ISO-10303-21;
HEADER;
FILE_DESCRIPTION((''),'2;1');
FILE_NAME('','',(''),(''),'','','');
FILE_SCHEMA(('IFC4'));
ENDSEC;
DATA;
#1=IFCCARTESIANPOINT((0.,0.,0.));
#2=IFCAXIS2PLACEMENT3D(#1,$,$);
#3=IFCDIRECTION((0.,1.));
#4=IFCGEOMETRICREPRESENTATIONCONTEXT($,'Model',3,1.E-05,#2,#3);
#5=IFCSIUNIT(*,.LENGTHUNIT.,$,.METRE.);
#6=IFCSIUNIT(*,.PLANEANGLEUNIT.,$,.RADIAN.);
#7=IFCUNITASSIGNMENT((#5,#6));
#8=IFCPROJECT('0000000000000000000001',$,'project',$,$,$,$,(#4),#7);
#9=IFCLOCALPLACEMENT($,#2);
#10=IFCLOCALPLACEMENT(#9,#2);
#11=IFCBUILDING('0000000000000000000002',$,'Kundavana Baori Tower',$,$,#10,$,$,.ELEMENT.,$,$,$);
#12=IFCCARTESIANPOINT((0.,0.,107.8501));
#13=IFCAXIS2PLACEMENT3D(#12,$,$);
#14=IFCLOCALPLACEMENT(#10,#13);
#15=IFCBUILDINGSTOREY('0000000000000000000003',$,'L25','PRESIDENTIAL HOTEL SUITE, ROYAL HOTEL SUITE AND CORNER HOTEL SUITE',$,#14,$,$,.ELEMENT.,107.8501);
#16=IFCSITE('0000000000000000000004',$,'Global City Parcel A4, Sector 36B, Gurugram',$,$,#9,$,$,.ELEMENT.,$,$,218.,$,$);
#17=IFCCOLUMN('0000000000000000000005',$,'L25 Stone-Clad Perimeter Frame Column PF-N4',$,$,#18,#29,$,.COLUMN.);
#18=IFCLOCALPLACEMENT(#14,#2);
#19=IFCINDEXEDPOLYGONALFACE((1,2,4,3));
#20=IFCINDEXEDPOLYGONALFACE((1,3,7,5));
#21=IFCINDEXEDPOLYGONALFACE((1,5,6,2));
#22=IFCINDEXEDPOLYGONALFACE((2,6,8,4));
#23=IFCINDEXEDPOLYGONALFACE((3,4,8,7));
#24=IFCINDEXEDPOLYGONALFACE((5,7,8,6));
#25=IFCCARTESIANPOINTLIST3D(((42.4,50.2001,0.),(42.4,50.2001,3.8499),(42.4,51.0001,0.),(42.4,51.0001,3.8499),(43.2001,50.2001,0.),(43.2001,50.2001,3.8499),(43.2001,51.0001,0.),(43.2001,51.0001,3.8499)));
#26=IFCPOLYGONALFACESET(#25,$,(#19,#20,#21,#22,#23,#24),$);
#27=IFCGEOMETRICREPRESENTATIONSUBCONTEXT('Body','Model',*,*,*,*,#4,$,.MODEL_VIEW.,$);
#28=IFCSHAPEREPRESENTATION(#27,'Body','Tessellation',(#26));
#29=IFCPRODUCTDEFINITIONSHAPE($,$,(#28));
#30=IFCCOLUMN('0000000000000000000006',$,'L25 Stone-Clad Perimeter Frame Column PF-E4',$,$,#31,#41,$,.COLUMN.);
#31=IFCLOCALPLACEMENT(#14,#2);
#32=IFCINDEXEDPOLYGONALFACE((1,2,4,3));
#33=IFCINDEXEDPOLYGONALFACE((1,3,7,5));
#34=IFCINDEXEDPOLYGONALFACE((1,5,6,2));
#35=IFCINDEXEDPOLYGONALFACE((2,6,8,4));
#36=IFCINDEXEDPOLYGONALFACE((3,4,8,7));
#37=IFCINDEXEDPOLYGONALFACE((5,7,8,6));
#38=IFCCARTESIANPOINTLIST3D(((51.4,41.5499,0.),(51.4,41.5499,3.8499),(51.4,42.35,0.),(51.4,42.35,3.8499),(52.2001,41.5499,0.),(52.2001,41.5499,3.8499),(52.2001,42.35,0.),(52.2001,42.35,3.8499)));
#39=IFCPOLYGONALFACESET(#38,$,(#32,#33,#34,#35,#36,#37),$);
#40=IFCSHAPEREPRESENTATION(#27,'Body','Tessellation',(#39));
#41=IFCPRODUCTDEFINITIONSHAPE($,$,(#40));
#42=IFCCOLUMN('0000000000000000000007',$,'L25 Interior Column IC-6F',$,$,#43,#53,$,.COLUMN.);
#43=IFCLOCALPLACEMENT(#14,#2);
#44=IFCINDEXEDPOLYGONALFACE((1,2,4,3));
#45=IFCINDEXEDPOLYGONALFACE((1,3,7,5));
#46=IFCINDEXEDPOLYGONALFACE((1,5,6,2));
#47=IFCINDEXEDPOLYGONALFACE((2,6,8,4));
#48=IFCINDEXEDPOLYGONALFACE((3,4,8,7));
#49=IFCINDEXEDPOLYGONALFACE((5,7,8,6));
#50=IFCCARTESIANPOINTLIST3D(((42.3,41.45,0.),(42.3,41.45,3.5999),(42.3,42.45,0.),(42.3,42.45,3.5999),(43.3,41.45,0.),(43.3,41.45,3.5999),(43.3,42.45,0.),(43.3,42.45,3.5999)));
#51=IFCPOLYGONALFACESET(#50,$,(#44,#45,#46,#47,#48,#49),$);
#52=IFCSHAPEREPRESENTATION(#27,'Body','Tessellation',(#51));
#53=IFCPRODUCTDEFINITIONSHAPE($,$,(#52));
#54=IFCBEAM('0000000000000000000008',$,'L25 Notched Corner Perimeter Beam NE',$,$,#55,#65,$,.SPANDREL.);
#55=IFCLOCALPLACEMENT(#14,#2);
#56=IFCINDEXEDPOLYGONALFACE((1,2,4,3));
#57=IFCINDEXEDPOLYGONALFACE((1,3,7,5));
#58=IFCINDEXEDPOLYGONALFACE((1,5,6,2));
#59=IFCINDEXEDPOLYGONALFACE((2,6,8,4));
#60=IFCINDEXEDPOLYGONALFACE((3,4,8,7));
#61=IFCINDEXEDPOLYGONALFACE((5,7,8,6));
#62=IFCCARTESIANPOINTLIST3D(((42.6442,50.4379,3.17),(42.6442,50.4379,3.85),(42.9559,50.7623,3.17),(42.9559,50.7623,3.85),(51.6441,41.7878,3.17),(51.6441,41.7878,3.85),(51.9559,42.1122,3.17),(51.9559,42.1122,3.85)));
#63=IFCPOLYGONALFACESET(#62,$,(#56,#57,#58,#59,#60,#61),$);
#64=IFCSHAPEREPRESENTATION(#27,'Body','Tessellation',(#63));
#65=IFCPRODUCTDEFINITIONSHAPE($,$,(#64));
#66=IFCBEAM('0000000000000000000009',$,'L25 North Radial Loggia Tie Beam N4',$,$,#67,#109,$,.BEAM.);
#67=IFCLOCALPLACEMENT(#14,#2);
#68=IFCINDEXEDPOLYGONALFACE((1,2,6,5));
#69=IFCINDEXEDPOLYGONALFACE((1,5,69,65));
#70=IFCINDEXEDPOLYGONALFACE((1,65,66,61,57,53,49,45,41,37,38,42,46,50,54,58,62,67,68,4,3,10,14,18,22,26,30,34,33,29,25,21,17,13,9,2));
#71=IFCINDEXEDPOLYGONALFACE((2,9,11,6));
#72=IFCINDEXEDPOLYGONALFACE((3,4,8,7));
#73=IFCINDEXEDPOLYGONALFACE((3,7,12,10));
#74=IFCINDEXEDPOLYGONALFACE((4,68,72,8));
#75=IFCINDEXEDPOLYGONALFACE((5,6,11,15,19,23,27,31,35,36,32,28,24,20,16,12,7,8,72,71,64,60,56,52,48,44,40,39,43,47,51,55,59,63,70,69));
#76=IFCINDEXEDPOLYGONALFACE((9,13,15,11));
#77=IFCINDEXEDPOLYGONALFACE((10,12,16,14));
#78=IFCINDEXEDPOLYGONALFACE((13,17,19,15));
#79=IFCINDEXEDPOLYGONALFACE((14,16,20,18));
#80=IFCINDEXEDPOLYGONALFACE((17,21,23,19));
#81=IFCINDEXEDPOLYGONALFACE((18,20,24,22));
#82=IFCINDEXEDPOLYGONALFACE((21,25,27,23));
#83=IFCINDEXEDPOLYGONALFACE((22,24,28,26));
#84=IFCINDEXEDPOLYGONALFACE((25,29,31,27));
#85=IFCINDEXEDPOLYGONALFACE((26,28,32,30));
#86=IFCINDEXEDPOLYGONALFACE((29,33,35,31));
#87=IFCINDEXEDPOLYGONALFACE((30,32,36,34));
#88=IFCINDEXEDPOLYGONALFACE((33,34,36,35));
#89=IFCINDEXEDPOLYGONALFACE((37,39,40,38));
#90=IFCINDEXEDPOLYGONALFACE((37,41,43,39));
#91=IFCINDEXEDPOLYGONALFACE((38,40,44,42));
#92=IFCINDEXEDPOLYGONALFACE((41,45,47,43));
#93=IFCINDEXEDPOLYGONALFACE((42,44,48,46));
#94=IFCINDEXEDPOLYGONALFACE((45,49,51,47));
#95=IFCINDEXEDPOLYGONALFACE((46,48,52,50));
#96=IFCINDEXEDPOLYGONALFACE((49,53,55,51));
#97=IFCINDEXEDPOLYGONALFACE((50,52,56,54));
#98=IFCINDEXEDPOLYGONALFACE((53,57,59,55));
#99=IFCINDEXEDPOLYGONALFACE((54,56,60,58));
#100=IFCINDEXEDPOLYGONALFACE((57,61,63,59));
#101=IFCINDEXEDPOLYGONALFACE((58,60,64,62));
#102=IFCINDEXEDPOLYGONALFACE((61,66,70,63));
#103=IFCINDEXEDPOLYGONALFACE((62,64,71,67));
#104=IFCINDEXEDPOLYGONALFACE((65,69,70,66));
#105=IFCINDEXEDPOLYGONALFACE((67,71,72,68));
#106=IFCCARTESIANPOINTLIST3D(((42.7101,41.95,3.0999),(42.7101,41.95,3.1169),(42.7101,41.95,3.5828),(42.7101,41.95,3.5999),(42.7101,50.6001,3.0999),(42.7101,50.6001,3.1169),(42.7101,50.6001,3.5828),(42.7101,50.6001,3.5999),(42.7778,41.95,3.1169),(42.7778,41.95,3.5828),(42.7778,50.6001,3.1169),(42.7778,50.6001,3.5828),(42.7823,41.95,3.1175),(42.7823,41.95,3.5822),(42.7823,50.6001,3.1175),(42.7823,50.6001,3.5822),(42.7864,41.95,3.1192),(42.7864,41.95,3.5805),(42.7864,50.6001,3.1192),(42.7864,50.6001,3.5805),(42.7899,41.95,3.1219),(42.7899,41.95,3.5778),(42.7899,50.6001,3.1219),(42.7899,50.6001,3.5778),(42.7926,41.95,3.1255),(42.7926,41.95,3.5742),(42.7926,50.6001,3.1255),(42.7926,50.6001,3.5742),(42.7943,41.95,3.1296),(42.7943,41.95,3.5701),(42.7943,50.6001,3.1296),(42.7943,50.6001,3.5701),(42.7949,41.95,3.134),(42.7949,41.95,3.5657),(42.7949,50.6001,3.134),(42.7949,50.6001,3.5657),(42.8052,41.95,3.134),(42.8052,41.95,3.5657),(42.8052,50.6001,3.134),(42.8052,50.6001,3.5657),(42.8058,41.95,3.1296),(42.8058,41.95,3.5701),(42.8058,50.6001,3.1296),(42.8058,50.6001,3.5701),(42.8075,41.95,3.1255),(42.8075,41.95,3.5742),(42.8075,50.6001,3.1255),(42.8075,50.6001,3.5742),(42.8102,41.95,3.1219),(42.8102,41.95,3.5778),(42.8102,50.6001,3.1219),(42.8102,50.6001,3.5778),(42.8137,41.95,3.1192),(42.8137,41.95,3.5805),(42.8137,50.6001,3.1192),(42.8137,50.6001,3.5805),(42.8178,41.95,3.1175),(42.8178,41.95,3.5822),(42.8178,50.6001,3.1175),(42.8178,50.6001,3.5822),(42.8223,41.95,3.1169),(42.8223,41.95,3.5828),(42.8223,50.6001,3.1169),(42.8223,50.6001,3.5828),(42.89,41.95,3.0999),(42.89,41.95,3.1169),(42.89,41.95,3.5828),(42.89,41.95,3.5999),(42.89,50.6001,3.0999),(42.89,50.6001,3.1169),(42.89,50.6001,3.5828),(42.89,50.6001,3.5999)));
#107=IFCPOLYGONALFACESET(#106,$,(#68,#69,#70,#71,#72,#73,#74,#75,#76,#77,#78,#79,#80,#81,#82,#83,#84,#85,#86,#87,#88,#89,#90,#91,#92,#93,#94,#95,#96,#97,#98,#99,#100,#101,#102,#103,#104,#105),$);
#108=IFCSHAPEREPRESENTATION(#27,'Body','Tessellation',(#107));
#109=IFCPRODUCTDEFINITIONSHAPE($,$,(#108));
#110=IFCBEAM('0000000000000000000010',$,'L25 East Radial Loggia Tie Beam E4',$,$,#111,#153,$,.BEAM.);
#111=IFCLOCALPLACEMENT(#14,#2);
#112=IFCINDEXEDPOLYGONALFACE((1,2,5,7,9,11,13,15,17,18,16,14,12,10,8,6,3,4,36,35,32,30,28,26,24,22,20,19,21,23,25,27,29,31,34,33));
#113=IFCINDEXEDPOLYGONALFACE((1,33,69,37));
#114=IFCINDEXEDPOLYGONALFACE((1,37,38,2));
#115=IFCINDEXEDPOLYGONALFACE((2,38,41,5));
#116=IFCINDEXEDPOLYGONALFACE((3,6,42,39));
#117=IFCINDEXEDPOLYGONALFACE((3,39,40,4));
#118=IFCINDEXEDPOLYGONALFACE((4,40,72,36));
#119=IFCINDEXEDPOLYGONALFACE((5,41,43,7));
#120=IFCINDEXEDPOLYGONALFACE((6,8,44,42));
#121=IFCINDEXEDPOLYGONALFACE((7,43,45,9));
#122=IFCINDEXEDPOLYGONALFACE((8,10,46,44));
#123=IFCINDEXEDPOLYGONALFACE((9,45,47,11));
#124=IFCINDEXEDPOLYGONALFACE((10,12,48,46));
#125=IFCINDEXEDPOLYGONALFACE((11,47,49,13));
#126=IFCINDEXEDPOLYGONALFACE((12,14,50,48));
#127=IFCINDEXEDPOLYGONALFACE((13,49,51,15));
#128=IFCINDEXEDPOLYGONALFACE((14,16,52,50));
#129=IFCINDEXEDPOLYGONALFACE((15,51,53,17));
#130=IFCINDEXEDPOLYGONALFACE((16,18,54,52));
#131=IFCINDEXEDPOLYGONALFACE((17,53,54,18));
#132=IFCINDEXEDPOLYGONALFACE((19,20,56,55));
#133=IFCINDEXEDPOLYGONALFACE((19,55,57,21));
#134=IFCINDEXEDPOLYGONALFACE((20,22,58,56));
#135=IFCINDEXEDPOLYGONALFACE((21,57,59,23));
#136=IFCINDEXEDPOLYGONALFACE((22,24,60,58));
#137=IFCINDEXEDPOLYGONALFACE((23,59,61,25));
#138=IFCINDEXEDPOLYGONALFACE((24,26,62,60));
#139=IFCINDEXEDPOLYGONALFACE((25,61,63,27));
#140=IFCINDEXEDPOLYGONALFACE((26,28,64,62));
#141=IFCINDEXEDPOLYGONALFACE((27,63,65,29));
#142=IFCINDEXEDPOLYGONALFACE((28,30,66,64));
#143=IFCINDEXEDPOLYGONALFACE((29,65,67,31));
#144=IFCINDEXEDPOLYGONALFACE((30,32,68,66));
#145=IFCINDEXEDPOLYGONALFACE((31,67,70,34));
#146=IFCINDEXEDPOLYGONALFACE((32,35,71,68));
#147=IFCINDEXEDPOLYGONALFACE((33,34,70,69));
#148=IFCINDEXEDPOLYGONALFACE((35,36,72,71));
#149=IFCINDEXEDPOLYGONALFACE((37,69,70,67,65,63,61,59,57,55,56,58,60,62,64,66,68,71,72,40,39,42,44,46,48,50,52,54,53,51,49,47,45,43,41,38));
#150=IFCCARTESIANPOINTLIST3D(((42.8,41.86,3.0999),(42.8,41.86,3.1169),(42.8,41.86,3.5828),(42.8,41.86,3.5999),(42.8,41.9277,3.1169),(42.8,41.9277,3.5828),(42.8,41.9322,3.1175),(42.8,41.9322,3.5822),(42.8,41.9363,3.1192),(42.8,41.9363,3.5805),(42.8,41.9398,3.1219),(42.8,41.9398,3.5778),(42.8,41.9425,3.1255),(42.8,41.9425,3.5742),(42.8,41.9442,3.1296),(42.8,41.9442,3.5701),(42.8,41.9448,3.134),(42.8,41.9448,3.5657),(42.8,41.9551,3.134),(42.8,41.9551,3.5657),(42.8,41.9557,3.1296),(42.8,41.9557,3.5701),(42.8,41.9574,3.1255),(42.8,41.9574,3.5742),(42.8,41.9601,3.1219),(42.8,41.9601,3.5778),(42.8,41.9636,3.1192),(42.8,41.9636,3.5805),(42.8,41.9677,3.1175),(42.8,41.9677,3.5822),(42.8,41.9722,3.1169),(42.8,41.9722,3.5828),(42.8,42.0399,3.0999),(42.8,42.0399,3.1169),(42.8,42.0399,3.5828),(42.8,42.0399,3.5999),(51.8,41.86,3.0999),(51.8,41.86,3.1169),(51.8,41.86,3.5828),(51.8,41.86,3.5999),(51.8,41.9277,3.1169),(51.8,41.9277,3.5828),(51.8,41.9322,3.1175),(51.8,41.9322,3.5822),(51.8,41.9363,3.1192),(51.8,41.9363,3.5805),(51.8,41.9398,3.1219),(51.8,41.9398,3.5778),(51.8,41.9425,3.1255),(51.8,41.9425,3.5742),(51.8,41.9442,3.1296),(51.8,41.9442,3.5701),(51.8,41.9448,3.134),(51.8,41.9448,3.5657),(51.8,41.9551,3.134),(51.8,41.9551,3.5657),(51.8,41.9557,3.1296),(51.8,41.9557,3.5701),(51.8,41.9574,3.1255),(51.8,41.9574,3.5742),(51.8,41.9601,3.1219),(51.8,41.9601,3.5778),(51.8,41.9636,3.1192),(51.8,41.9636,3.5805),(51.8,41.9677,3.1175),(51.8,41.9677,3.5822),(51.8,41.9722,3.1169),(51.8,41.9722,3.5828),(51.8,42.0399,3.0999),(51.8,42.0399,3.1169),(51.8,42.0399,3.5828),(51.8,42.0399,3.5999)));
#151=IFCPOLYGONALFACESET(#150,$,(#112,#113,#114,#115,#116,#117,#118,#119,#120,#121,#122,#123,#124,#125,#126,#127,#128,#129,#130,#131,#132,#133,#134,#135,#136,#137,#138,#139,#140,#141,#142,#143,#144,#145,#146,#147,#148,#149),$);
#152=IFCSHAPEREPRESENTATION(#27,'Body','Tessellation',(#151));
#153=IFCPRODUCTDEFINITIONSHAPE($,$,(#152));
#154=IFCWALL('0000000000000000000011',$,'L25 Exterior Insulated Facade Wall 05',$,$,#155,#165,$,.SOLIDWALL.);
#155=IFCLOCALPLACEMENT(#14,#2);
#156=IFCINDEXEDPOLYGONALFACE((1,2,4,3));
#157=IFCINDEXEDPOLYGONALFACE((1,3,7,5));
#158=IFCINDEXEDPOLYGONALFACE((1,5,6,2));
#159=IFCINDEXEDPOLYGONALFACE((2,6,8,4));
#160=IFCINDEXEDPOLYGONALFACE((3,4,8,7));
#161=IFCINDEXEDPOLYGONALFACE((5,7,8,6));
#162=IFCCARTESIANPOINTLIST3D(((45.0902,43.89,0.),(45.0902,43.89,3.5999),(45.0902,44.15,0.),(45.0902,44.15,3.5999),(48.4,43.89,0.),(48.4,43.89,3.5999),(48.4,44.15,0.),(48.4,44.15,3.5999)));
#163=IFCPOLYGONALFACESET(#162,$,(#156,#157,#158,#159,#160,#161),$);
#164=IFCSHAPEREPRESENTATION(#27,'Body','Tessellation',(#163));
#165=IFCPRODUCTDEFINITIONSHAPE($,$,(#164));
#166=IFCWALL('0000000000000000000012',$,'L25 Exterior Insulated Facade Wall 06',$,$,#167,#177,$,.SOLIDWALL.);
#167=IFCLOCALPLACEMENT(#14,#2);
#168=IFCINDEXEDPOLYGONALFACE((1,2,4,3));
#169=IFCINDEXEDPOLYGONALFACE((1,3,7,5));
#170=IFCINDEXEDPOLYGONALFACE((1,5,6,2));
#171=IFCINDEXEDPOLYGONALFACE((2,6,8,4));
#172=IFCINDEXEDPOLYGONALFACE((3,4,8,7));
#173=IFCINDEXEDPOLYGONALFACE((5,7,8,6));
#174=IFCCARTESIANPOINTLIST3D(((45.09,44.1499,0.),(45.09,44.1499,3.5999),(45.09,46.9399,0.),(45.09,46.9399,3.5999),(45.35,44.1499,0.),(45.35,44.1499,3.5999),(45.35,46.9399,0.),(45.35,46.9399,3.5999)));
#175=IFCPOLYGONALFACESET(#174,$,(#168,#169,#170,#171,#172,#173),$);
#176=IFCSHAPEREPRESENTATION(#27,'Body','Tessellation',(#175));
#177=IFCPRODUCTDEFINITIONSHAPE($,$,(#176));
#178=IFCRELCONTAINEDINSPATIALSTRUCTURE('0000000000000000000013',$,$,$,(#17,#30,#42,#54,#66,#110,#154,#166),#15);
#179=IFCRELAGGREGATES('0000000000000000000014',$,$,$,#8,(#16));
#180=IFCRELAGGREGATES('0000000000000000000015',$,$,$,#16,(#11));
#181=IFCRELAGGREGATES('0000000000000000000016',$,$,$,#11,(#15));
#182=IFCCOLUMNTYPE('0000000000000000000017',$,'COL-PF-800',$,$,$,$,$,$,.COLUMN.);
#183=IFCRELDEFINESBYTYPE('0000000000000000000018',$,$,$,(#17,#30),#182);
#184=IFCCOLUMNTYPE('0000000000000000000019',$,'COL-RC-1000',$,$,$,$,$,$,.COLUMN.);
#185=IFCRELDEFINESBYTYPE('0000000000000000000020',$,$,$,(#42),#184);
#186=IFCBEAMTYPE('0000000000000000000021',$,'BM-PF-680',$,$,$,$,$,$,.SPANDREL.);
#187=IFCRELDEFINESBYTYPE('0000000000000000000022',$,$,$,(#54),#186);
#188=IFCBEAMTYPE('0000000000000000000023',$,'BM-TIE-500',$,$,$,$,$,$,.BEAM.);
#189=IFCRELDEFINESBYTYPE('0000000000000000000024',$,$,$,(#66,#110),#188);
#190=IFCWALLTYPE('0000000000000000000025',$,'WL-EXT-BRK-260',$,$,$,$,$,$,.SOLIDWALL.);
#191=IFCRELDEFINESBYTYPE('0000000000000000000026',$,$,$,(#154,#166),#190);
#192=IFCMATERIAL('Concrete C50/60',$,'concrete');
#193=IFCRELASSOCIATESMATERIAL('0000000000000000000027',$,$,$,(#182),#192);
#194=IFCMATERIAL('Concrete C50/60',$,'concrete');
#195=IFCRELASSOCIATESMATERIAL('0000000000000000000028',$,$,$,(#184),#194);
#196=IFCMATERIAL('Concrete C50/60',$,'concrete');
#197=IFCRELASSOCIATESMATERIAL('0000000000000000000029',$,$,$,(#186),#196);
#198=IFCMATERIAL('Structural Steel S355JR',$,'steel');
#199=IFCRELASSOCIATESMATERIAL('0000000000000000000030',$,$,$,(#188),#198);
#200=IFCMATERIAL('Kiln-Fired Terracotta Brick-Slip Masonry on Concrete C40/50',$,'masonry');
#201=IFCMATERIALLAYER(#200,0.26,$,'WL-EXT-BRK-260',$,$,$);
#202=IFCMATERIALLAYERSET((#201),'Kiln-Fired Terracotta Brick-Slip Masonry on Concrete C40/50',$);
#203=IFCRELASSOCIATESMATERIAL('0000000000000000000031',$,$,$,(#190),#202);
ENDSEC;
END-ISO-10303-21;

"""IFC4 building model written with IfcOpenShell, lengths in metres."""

from ifc_helpers import new_model, si_unit, direction, frame, frame_2d, origin, origin_2d, place, context, subcontext, project, spatial, rectangle, i_section, extrude, material, layer, layer_set, material_profile, profile_set, type_object, element, save


model = new_model("IFC4")

# Units and contexts
model_context = context("Model", 3, precision=1e-05, world=origin(), true_north=direction((0.0, 1.0)))
body_context = subcontext(model_context, "Body", "Model", "MODEL_VIEW")
ifc_project = project(units=[si_unit("LENGTHUNIT", "METRE"), si_unit("PLANEANGLEUNIT", "RADIAN")], contexts=[model_context])

# Site, building, storey
site_placement = place(None, origin())
site = spatial("IfcSite", under=ifc_project, at=site_placement, Name="Global City Parcel A4, Sector 36B, Gurugram", CompositionType="ELEMENT", RefElevation=218.0)
building_placement = place(site_placement, origin())
building = spatial("IfcBuilding", under=site, at=building_placement, Name="Kundavana Baori Tower", CompositionType="ELEMENT")
storey_placement = place(building_placement, frame((0.0, 0.0, 107.8501)))
storey = spatial("IfcBuildingStorey", under=building, at=storey_placement, Name="L25", Description="PRESIDENTIAL HOTEL SUITE, ROYAL HOTEL SUITE AND CORNER HOTEL SUITE", CompositionType="ELEMENT", Elevation=107.8501)

# Columns
ifc_material_1 = material(Name="Concrete C50/60", Category="concrete")
ifc_material_profile_1 = material_profile(ifc_material_1, rectangle(XDim=0.8, YDim=0.8, at=origin_2d()), Name="RC PF 800x800")
ifc_profile_set_1 = profile_set([ifc_material_profile_1], Name="Concrete C50/60")
column_type_1 = type_object("IfcColumnType", Name="COL-PF-800", PredefinedType="COLUMN", material=ifc_profile_set_1)
for number, where, z_axis, x_axis, name in (
    (1, (42.8, 50.6001, 0.0), (0.0, 0.0, 1.0), (1.0, 0.0, 0.0), "L25 Stone-Clad Perimeter Frame Column PF-N4"),
    (2, (51.8, 41.95, 0.0), (0.0, 0.0, 1.0), (1.0, 0.0, 0.0), "L25 Stone-Clad Perimeter Frame Column PF-E4"),
):
    element("IfcColumn", number, at=place(storey_placement, frame(where, z_axis=z_axis, x_axis=x_axis)), inside=storey, type_object=column_type_1, Name=name, PredefinedType="COLUMN", context=body_context, shape_type="SweptSolid", body=[
        extrude(rectangle(XDim=0.8, YDim=0.8, at=origin_2d()), origin(), (0.0, 0.0, 1.0), 3.8499),
    ])
ifc_material_2 = material(Name="Concrete C50/60", Category="concrete")
ifc_material_profile_2 = material_profile(ifc_material_2, rectangle(XDim=1.0, YDim=1.0, at=origin_2d()), Name="RC 1000x1000")
ifc_profile_set_2 = profile_set([ifc_material_profile_2], Name="Concrete C50/60")
column_type_2 = type_object("IfcColumnType", Name="COL-RC-1000", PredefinedType="COLUMN", material=ifc_profile_set_2)
column_placement = place(storey_placement, frame((42.8, 41.95, 0.0), z_axis=(0.0, 0.0, 1.0), x_axis=(1.0, 0.0, 0.0)))
element("IfcColumn", 3, at=column_placement, inside=storey, type_object=column_type_2, Name="L25 Interior Column IC-6F", PredefinedType="COLUMN", context=body_context, shape_type="SweptSolid", body=[
    extrude(rectangle(XDim=1.0, YDim=1.0, at=origin_2d()), origin(), (0.0, 0.0, 1.0), 3.5999),
])

# Beams
ifc_material_3 = material(Name="Concrete C50/60", Category="concrete")
ifc_material_profile_3 = material_profile(ifc_material_3, rectangle(XDim=0.45, YDim=0.6799, at=origin_2d()), Name="RC BM 450x680")
ifc_profile_set_3 = profile_set([ifc_material_profile_3], Name="Concrete C50/60")
beam_type_1 = type_object("IfcBeamType", Name="BM-PF-680", PredefinedType="SPANDREL", material=ifc_profile_set_3)
beam_1_placement = place(storey_placement, frame((42.8, 50.6001, 3.51), z_axis=(0.720981, -0.692955, 0.0), x_axis=(0.692955, 0.720981, 0.0)))
element("IfcBeam", 4, at=beam_1_placement, inside=storey, type_object=beam_type_1, Name="L25 Notched Corner Perimeter Beam NE", PredefinedType="SPANDREL", context=body_context, shape_type="SweptSolid", body=[
    extrude(rectangle(XDim=0.45, YDim=0.6799, at=origin_2d()), origin(), (0.0, 0.0, 1.0), 12.4829),
])
ifc_material_4 = material(Name="Structural Steel S355JR", Category="steel")
ifc_material_profile_4 = material_profile(ifc_material_4, i_section(OverallWidth=0.1799, OverallDepth=0.5, WebThickness=0.0103, FlangeThickness=0.0171, FilletRadius=0.0171, at=origin_2d()), Name="ISMB 500")
ifc_profile_set_4 = profile_set([ifc_material_profile_4], Name="Structural Steel S355JR")
beam_type_2 = type_object("IfcBeamType", Name="BM-TIE-500", PredefinedType="BEAM", material=ifc_profile_set_4)
beam_2_placement = place(storey_placement, frame((42.8, 41.95, 3.3499), z_axis=(0.0, 1.0, 0.0), x_axis=(-1.0, 0.0, 0.0)))
element("IfcBeam", 5, at=beam_2_placement, inside=storey, type_object=beam_type_2, Name="L25 North Radial Loggia Tie Beam N4", PredefinedType="BEAM", context=body_context, shape_type="SweptSolid", body=[
    extrude(i_section(OverallWidth=0.1799, OverallDepth=0.5, WebThickness=0.0103, FlangeThickness=0.0171, FilletRadius=0.0171, at=origin_2d()), origin(), (0.0, 0.0, 1.0), 8.6501),
])
beam_3_placement = place(storey_placement, frame((42.8, 41.95, 3.3499), z_axis=(1.0, 0.0, 0.0), x_axis=(0.0, 1.0, 0.0)))
element("IfcBeam", 6, at=beam_3_placement, inside=storey, type_object=beam_type_2, Name="L25 East Radial Loggia Tie Beam E4", PredefinedType="BEAM", context=body_context, shape_type="SweptSolid", body=[
    extrude(i_section(OverallWidth=0.1799, OverallDepth=0.5, WebThickness=0.0103, FlangeThickness=0.0171, FilletRadius=0.0171, at=origin_2d()), origin(), (0.0, 0.0, 1.0), 9.0),
])

# Walls
ifc_material_5 = material(Name="Kiln-Fired Terracotta Brick-Slip Masonry on Concrete C40/50", Category="masonry")
ifc_layer_1 = layer(ifc_material_5, 0.26, Name="WL-EXT-BRK-260")
ifc_layer_set_1 = layer_set([ifc_layer_1], Name="Kiln-Fired Terracotta Brick-Slip Masonry on Concrete C40/50")
wall_type_1 = type_object("IfcWallType", Name="WL-EXT-BRK-260", PredefinedType="SOLIDWALL", material=ifc_layer_set_1)
wall_1_placement = place(storey_placement, frame((48.3999, 44.02, 0.0), z_axis=(0.0, 0.0, 1.0), x_axis=(-1.0, 0.0, 0.0)))
element("IfcWall", 7, at=wall_1_placement, inside=storey, type_object=wall_type_1, Name="L25 Exterior Insulated Facade Wall 05", PredefinedType="SOLIDWALL", context=body_context, shape_type="SweptSolid", body=[
    extrude(rectangle(XDim=3.3098, YDim=0.26, at=frame_2d((1.6548, 0.0))), origin(), (0.0, 0.0, 1.0), 3.5999),
])
wall_2_placement = place(storey_placement, frame((45.22, 44.1499, 0.0), z_axis=(0.0, 0.0, 1.0), x_axis=(0.0, 1.0, 0.0)))
element("IfcWall", 8, at=wall_2_placement, inside=storey, type_object=wall_type_1, Name="L25 Exterior Insulated Facade Wall 06", PredefinedType="SOLIDWALL", context=body_context, shape_type="SweptSolid", body=[
    extrude(rectangle(XDim=2.79, YDim=0.26, at=frame_2d((1.395, 0.0))), origin(), (0.0, 0.0, 1.0), 3.5999),
])

save(model, "model.ifc")
